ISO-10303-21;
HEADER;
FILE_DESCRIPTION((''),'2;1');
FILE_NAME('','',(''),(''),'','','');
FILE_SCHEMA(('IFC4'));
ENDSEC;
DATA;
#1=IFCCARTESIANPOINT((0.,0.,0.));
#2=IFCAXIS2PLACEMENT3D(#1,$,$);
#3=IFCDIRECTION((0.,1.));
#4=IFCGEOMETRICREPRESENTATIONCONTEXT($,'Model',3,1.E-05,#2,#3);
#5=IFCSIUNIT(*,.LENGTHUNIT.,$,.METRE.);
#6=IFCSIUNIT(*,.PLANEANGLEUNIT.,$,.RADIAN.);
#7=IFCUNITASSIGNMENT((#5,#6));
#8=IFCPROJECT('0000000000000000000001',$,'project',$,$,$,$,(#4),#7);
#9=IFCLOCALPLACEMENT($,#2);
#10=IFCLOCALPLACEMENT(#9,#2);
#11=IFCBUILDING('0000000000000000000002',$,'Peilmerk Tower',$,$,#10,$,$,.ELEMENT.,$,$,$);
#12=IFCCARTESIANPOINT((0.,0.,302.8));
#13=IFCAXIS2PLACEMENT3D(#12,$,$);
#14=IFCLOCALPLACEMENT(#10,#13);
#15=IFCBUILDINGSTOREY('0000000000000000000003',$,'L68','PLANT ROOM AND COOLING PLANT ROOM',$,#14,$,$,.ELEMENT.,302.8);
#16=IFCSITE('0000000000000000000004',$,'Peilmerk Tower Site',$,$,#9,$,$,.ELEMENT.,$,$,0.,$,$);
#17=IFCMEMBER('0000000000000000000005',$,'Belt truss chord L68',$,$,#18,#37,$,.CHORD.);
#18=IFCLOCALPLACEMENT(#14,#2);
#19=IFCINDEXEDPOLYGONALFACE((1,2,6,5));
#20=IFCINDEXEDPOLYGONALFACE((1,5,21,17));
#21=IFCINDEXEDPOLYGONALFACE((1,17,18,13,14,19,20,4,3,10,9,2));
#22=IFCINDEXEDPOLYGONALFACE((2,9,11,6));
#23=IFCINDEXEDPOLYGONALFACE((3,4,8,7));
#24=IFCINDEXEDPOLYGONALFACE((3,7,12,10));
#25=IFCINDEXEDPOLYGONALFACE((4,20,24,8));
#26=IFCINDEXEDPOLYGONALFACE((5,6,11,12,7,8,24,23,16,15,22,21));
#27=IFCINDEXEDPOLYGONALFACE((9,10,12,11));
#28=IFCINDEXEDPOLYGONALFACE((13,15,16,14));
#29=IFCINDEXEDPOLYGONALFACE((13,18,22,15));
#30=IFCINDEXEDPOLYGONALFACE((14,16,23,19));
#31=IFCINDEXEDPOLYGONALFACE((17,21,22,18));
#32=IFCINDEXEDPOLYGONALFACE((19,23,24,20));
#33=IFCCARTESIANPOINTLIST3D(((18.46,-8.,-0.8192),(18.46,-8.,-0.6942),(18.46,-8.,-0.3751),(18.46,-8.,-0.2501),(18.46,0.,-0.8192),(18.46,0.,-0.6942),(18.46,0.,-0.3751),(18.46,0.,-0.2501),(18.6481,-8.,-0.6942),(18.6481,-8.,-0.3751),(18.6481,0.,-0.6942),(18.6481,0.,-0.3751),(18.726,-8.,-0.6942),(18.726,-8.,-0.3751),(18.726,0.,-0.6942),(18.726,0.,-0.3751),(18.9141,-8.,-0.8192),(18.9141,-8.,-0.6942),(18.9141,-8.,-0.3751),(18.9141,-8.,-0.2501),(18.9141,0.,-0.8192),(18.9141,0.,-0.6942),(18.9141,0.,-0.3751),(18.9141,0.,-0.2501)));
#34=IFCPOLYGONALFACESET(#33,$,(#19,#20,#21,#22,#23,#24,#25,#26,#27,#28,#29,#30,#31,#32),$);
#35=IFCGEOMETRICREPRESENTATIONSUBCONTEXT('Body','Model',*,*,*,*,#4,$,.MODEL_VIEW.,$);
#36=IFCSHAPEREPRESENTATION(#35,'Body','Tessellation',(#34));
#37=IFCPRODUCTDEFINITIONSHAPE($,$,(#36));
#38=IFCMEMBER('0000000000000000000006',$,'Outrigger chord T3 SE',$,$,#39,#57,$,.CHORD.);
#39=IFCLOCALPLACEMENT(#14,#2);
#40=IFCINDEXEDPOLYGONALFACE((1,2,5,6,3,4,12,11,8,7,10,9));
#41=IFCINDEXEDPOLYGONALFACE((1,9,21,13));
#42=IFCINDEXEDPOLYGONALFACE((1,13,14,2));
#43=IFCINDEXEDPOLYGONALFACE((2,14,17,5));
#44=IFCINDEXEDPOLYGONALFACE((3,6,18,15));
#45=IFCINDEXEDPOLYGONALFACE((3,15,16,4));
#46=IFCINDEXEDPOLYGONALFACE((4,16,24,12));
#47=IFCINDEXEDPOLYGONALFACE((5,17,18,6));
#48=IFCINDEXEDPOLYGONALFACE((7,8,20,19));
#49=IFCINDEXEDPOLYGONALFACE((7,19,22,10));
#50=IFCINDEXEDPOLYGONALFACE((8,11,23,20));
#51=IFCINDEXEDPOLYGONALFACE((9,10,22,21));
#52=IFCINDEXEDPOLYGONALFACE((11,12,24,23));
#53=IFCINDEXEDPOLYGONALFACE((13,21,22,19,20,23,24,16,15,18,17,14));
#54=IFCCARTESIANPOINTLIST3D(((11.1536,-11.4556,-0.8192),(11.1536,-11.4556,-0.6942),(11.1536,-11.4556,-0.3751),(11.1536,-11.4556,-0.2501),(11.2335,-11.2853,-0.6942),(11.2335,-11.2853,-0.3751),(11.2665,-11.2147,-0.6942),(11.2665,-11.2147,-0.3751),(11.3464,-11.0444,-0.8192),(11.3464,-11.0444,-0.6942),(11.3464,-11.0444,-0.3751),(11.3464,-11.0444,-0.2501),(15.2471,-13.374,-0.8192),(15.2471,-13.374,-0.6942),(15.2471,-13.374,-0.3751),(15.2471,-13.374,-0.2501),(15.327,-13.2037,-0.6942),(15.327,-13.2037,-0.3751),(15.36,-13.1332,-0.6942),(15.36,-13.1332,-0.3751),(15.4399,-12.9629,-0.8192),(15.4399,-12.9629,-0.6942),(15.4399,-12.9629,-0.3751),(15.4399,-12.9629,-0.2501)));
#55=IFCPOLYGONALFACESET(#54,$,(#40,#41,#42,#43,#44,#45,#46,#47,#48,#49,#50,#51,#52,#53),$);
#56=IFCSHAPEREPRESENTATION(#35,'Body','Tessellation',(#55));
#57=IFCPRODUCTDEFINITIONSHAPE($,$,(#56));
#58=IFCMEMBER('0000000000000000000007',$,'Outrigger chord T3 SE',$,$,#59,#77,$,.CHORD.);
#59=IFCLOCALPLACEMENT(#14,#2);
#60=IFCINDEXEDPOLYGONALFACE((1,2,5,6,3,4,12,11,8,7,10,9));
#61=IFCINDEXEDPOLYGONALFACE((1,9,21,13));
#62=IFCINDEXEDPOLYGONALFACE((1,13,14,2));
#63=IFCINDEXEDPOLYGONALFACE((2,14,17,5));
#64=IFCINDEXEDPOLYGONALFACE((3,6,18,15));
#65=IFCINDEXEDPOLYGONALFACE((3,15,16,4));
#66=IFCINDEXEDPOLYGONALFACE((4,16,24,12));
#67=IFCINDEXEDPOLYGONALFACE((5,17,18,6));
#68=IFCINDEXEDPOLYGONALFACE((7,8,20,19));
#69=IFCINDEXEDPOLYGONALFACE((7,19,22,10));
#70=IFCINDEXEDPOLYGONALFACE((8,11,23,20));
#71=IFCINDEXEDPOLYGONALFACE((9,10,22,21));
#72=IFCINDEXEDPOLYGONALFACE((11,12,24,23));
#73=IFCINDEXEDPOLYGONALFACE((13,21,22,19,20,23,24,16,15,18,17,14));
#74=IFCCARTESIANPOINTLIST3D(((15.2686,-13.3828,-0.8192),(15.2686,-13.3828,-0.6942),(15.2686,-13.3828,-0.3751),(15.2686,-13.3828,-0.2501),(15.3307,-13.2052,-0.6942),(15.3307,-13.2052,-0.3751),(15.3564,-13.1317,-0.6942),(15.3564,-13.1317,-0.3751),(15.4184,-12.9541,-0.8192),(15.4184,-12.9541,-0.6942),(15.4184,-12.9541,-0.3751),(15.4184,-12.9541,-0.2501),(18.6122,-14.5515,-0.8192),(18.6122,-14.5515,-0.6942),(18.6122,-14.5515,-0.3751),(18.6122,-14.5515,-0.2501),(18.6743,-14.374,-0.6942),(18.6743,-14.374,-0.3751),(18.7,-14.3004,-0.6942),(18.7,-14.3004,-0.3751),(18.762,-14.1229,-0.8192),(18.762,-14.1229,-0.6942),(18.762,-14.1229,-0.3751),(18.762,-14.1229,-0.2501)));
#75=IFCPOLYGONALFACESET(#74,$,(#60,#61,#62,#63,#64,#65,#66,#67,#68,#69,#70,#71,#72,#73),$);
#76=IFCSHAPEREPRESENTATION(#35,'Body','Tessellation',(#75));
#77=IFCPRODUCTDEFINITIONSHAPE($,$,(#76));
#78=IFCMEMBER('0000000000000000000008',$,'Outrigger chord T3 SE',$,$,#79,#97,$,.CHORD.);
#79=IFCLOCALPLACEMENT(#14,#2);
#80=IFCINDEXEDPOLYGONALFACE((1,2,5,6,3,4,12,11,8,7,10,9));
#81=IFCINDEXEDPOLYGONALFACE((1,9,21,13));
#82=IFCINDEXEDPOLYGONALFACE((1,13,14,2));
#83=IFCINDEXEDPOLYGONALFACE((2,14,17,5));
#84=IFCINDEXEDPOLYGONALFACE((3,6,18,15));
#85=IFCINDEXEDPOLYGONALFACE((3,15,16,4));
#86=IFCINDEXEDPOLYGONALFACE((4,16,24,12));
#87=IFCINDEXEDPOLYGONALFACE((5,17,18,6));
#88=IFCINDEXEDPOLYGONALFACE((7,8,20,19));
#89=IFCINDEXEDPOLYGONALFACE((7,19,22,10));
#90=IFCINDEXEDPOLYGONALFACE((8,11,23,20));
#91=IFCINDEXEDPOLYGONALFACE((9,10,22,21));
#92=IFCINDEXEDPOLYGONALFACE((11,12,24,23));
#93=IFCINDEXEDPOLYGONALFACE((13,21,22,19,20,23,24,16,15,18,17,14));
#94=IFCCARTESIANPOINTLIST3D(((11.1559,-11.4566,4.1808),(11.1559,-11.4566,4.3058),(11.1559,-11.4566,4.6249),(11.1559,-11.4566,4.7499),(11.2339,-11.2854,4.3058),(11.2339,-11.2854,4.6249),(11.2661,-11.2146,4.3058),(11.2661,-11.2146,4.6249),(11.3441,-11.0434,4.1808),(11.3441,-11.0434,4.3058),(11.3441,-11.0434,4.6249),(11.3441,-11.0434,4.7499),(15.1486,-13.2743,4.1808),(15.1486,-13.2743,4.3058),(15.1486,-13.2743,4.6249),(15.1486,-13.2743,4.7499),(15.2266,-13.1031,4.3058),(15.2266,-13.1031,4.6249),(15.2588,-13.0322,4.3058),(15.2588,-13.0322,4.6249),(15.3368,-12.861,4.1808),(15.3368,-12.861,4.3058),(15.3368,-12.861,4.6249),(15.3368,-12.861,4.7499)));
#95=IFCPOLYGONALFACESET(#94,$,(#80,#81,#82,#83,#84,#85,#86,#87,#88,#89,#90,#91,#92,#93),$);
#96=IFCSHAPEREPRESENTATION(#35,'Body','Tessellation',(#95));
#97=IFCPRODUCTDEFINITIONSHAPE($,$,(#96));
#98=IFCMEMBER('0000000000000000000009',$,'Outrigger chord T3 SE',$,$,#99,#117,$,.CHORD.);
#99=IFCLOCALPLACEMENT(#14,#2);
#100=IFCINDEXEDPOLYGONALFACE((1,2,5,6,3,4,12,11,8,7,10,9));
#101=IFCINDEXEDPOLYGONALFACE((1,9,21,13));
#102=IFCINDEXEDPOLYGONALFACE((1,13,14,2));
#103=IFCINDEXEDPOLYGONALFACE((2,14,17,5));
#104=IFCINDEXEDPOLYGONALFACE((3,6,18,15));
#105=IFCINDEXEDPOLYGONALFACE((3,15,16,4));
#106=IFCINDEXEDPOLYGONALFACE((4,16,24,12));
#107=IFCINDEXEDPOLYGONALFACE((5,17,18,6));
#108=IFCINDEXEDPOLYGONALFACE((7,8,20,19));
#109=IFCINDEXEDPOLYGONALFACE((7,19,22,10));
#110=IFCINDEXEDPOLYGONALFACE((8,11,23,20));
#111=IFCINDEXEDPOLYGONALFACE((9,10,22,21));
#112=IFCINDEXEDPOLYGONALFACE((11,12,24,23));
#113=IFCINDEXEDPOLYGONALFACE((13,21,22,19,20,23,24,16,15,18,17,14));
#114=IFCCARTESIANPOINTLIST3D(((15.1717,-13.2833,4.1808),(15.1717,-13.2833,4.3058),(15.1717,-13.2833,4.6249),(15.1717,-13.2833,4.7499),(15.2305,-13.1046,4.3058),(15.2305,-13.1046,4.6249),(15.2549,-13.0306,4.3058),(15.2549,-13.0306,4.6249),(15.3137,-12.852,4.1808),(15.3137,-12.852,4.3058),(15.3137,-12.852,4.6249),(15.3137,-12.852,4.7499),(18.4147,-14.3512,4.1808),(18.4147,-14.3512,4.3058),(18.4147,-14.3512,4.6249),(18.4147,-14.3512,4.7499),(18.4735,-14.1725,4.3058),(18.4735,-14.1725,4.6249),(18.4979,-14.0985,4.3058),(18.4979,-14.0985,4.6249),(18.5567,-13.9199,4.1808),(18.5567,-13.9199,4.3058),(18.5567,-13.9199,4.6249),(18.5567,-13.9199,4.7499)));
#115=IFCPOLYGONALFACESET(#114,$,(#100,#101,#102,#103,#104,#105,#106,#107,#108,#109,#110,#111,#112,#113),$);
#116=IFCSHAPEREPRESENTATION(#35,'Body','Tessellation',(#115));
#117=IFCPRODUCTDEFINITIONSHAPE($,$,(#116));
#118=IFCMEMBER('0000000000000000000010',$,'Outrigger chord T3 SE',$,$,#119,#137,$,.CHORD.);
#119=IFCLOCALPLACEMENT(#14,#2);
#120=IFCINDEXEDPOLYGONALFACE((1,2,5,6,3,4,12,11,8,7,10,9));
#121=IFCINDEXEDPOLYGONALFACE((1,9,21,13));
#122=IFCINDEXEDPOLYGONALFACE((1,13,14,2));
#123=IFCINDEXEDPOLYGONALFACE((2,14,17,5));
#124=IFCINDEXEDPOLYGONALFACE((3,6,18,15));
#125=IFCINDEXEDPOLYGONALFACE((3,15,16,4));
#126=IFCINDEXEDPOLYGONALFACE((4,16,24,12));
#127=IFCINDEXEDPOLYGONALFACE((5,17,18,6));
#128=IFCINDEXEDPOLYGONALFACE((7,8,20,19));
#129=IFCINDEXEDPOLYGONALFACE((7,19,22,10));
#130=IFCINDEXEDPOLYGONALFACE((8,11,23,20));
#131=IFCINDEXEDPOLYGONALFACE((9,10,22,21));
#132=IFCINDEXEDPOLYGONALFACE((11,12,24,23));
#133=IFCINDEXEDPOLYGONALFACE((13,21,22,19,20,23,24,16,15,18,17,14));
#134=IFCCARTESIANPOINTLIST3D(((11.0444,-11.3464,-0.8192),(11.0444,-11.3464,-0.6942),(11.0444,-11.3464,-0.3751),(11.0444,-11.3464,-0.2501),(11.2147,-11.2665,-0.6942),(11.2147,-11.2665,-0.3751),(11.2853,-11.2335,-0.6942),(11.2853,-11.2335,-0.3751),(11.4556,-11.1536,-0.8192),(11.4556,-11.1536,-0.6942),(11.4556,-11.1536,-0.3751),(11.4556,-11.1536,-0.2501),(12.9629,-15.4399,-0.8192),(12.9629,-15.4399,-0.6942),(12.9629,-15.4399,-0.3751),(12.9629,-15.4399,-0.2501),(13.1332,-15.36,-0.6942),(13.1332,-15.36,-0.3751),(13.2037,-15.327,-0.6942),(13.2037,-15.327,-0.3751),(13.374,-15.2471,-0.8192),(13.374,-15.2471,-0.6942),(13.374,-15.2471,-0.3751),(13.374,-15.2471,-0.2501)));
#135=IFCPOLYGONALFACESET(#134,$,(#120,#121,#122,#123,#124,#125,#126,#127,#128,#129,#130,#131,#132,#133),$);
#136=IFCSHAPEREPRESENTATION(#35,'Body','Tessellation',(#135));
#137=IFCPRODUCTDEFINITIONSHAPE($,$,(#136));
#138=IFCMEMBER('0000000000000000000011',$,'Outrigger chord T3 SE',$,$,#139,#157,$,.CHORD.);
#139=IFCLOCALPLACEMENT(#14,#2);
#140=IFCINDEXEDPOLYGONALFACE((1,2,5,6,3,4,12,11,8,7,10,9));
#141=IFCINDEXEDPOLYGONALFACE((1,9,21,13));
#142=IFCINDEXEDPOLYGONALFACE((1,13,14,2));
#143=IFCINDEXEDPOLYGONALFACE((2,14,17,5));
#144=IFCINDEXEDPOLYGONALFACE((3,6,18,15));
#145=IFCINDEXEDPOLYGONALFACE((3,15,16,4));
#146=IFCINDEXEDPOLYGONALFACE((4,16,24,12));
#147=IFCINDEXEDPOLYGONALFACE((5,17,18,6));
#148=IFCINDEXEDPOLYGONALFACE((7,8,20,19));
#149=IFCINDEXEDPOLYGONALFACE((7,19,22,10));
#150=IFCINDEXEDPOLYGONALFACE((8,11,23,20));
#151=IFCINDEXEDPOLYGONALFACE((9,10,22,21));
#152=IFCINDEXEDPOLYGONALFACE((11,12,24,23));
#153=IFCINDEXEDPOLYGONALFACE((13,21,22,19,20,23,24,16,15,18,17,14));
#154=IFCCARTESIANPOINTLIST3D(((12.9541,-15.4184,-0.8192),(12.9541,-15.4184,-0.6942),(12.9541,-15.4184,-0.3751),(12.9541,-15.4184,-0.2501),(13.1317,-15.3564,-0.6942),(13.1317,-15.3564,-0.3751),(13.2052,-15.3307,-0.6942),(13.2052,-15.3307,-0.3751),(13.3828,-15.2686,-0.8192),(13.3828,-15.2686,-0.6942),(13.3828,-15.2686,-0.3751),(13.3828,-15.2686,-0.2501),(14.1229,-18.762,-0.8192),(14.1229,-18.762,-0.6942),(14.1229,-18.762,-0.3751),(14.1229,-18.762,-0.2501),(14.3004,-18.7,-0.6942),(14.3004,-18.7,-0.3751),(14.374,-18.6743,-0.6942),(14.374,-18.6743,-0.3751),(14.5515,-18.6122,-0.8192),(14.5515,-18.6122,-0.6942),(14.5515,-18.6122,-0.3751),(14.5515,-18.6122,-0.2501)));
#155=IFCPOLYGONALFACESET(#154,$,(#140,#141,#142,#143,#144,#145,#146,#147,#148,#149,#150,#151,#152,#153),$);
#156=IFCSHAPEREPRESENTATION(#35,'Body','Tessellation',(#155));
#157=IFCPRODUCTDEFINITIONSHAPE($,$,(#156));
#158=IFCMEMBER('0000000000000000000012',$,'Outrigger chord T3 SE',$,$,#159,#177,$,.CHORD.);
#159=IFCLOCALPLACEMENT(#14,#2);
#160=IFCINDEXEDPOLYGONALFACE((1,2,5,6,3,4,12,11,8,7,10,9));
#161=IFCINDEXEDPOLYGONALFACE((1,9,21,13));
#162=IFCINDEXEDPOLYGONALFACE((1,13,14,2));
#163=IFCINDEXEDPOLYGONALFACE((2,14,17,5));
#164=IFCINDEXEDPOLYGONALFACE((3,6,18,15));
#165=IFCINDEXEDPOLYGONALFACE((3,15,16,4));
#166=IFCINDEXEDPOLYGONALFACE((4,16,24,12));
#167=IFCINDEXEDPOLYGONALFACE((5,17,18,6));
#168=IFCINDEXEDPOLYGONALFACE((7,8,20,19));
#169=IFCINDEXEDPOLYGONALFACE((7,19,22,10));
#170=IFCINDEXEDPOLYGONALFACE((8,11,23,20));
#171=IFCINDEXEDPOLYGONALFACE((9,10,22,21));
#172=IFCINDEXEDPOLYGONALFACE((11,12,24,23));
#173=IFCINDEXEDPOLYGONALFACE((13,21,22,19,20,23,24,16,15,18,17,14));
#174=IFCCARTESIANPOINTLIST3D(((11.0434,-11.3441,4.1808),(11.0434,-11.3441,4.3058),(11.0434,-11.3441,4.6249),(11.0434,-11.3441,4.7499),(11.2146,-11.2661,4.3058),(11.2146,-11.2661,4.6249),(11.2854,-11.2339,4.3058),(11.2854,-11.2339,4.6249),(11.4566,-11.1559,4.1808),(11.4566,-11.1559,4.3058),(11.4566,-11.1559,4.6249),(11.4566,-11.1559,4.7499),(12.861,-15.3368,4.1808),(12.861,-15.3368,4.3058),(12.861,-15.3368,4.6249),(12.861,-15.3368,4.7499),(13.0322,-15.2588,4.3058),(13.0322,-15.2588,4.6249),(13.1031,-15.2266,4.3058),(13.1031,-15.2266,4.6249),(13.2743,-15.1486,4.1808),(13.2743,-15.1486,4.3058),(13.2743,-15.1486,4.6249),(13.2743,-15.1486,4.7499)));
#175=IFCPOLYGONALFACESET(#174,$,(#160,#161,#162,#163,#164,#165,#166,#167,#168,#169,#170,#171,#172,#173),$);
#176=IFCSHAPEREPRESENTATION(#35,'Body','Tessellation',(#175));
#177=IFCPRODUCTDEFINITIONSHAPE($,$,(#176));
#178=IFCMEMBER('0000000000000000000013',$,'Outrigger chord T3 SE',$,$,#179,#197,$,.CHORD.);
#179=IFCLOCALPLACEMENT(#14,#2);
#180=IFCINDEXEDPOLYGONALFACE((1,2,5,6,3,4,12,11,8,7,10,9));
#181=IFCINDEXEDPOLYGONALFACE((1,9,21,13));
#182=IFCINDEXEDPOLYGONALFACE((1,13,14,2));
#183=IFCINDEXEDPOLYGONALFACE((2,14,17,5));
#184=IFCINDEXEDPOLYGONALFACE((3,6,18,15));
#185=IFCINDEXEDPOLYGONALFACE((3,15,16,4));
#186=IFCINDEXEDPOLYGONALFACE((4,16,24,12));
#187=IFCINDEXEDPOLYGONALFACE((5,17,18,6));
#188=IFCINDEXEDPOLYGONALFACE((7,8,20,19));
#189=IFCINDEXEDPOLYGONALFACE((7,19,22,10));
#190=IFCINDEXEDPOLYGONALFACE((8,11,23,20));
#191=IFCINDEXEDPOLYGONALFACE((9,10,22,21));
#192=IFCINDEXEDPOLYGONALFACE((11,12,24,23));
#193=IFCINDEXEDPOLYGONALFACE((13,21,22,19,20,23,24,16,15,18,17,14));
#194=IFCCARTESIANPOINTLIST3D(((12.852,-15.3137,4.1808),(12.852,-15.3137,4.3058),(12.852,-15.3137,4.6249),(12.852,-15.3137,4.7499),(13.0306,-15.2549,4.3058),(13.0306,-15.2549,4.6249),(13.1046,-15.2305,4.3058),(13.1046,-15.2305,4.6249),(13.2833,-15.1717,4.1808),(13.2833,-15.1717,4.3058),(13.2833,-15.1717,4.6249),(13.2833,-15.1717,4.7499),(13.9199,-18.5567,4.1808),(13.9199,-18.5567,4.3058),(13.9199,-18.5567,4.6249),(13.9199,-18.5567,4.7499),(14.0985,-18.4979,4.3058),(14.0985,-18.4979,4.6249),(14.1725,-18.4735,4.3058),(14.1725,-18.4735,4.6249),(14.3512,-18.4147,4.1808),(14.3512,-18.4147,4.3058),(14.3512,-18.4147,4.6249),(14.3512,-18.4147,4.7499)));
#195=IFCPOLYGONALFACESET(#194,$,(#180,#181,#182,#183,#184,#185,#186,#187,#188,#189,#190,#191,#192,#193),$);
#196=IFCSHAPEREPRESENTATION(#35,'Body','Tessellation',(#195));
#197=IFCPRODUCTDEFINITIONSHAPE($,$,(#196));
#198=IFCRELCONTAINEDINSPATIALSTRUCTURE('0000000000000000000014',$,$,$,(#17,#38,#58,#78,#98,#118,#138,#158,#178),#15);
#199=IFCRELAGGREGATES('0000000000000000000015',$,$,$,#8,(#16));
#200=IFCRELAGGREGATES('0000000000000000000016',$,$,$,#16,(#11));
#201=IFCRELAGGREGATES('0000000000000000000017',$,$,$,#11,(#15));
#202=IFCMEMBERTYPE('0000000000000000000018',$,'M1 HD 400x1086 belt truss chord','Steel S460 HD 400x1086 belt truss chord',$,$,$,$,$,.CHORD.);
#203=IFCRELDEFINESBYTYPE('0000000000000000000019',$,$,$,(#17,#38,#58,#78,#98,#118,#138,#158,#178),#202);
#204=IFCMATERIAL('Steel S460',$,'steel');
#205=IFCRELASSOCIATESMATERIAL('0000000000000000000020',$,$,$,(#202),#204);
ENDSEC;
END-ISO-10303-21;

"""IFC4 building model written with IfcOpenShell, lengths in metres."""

from ifc_helpers import new_model, si_unit, direction, frame, origin, origin_2d, place, context, subcontext, project, spatial, i_section, extrude, material, material_profile, profile_set, type_object, element, save


model = new_model("IFC4")

# Units and contexts
model_context = context("Model", 3, precision=1e-05, world=origin(), true_north=direction((0.0, 1.0)))
body_context = subcontext(model_context, "Body", "Model", "MODEL_VIEW")
ifc_project = project(units=[si_unit("LENGTHUNIT", "METRE"), si_unit("PLANEANGLEUNIT", "RADIAN")], contexts=[model_context])

# Site, building, storey
site_placement = place(None, origin())
site = spatial("IfcSite", under=ifc_project, at=site_placement, Name="Peilmerk Tower Site", CompositionType="ELEMENT", RefElevation=0.0)
building_placement = place(site_placement, origin())
building = spatial("IfcBuilding", under=site, at=building_placement, Name="Peilmerk Tower", CompositionType="ELEMENT")
storey_placement = place(building_placement, frame((0.0, 0.0, 302.8)))
storey = spatial("IfcBuildingStorey", under=building, at=storey_placement, Name="L68", Description="PLANT ROOM AND COOLING PLANT ROOM", CompositionType="ELEMENT", Elevation=302.8)

# Shared definitions
ifc_material_1 = material(Name="Steel S460", Category="steel")

# Members
ifc_material_profile_1 = material_profile(ifc_material_1, i_section(OverallWidth=0.4541, OverallDepth=0.5691, WebThickness=0.0779, FlangeThickness=0.125, at=origin_2d()), Name="HD 400x1086")
ifc_profile_set_1 = profile_set([ifc_material_profile_1], Name="Steel S460")
member_type_1 = type_object("IfcMemberType", Name="M1 HD 400x1086 belt truss chord", Description="Steel S460 HD 400x1086 belt truss chord", PredefinedType="CHORD", material=ifc_profile_set_1)
member_1_placement = place(storey_placement, frame((18.687, -8.0, -0.5347), z_axis=(0.0, 1.0, 0.0), x_axis=(-1.0, 0.0, 0.0)))
element("IfcMember", 1, at=member_1_placement, inside=storey, type_object=member_type_1, Name="Belt truss chord L68", PredefinedType="CHORD", context=body_context, shape_type="SweptSolid", body=[
    extrude(i_section(OverallWidth=0.4541, OverallDepth=0.5691, WebThickness=0.0779, FlangeThickness=0.125, at=origin_2d()), origin(), (0.0, 0.0, 1.0), 8.0),
])
member_2_placement = place(storey_placement, frame((11.25, -11.25, -0.5347), z_axis=(0.905491, -0.424366, 0.0), x_axis=(0.424366, 0.905491, 0.0)))
element("IfcMember", 2, at=member_2_placement, inside=storey, type_object=member_type_1, Name="Outrigger chord T3 SE", PredefinedType="CHORD", context=body_context, shape_type="SweptSolid", body=[
    extrude(i_section(OverallWidth=0.4541, OverallDepth=0.5691, WebThickness=0.0779, FlangeThickness=0.125, at=origin_2d()), origin(), (0.0, 0.0, 1.0), 4.5208),
])
member_3_placement = place(storey_placement, frame((15.3435, -13.1685, -0.5347), z_axis=(0.943993, -0.329967, 0.0), x_axis=(0.329967, 0.943993, 0.0)))
element("IfcMember", 3, at=member_3_placement, inside=storey, type_object=member_type_1, Name="Outrigger chord T3 SE", PredefinedType="CHORD", context=body_context, shape_type="SweptSolid", body=[
    extrude(i_section(OverallWidth=0.4541, OverallDepth=0.5691, WebThickness=0.0779, FlangeThickness=0.125, at=origin_2d()), origin(), (0.0, 0.0, 1.0), 3.542),
])
member_4_placement = place(storey_placement, frame((11.25, -11.25, 4.4653), z_axis=(0.910128, -0.414327, 0.0), x_axis=(0.414327, 0.910128, 0.0)))
element("IfcMember", 4, at=member_4_placement, inside=storey, type_object=member_type_1, Name="Outrigger chord T3 SE", PredefinedType="CHORD", context=body_context, shape_type="SweptSolid", body=[
    extrude(i_section(OverallWidth=0.4541, OverallDepth=0.5691, WebThickness=0.0779, FlangeThickness=0.125, at=origin_2d()), origin(), (0.0, 0.0, 1.0), 4.387),
])
member_5_placement = place(storey_placement, frame((15.2427, -13.0676, 4.4653), z_axis=(0.949828, -0.312772, 0.0), x_axis=(0.312772, 0.949828, 0.0)))
element("IfcMember", 5, at=member_5_placement, inside=storey, type_object=member_type_1, Name="Outrigger chord T3 SE", PredefinedType="CHORD", context=body_context, shape_type="SweptSolid", body=[
    extrude(i_section(OverallWidth=0.4541, OverallDepth=0.5691, WebThickness=0.0779, FlangeThickness=0.125, at=origin_2d()), origin(), (0.0, 0.0, 1.0), 3.4143),
])
member_6_placement = place(storey_placement, frame((11.25, -11.25, -0.5347), z_axis=(0.424366, -0.905491, 0.0), x_axis=(0.905491, 0.424366, 0.0)))
element("IfcMember", 6, at=member_6_placement, inside=storey, type_object=member_type_1, Name="Outrigger chord T3 SE", PredefinedType="CHORD", context=body_context, shape_type="SweptSolid", body=[
    extrude(i_section(OverallWidth=0.4541, OverallDepth=0.5691, WebThickness=0.0779, FlangeThickness=0.125, at=origin_2d()), origin(), (0.0, 0.0, 1.0), 4.5208),
])
member_7_placement = place(storey_placement, frame((13.1685, -15.3435, -0.5347), z_axis=(0.329967, -0.943993, 0.0), x_axis=(0.943993, 0.329967, 0.0)))
element("IfcMember", 7, at=member_7_placement, inside=storey, type_object=member_type_1, Name="Outrigger chord T3 SE", PredefinedType="CHORD", context=body_context, shape_type="SweptSolid", body=[
    extrude(i_section(OverallWidth=0.4541, OverallDepth=0.5691, WebThickness=0.0779, FlangeThickness=0.125, at=origin_2d()), origin(), (0.0, 0.0, 1.0), 3.542),
])
member_8_placement = place(storey_placement, frame((11.25, -11.25, 4.4653), z_axis=(0.414327, -0.910128, 0.0), x_axis=(0.910128, 0.414327, 0.0)))
element("IfcMember", 8, at=member_8_placement, inside=storey, type_object=member_type_1, Name="Outrigger chord T3 SE", PredefinedType="CHORD", context=body_context, shape_type="SweptSolid", body=[
    extrude(i_section(OverallWidth=0.4541, OverallDepth=0.5691, WebThickness=0.0779, FlangeThickness=0.125, at=origin_2d()), origin(), (0.0, 0.0, 1.0), 4.387),
])
member_9_placement = place(storey_placement, frame((13.0676, -15.2427, 4.4653), z_axis=(0.312772, -0.949828, 0.0), x_axis=(0.949828, 0.312772, 0.0)))
element("IfcMember", 9, at=member_9_placement, inside=storey, type_object=member_type_1, Name="Outrigger chord T3 SE", PredefinedType="CHORD", context=body_context, shape_type="SweptSolid", body=[
    extrude(i_section(OverallWidth=0.4541, OverallDepth=0.5691, WebThickness=0.0779, FlangeThickness=0.125, at=origin_2d()), origin(), (0.0, 0.0, 1.0), 3.4143),
])

save(model, "model.ifc")
